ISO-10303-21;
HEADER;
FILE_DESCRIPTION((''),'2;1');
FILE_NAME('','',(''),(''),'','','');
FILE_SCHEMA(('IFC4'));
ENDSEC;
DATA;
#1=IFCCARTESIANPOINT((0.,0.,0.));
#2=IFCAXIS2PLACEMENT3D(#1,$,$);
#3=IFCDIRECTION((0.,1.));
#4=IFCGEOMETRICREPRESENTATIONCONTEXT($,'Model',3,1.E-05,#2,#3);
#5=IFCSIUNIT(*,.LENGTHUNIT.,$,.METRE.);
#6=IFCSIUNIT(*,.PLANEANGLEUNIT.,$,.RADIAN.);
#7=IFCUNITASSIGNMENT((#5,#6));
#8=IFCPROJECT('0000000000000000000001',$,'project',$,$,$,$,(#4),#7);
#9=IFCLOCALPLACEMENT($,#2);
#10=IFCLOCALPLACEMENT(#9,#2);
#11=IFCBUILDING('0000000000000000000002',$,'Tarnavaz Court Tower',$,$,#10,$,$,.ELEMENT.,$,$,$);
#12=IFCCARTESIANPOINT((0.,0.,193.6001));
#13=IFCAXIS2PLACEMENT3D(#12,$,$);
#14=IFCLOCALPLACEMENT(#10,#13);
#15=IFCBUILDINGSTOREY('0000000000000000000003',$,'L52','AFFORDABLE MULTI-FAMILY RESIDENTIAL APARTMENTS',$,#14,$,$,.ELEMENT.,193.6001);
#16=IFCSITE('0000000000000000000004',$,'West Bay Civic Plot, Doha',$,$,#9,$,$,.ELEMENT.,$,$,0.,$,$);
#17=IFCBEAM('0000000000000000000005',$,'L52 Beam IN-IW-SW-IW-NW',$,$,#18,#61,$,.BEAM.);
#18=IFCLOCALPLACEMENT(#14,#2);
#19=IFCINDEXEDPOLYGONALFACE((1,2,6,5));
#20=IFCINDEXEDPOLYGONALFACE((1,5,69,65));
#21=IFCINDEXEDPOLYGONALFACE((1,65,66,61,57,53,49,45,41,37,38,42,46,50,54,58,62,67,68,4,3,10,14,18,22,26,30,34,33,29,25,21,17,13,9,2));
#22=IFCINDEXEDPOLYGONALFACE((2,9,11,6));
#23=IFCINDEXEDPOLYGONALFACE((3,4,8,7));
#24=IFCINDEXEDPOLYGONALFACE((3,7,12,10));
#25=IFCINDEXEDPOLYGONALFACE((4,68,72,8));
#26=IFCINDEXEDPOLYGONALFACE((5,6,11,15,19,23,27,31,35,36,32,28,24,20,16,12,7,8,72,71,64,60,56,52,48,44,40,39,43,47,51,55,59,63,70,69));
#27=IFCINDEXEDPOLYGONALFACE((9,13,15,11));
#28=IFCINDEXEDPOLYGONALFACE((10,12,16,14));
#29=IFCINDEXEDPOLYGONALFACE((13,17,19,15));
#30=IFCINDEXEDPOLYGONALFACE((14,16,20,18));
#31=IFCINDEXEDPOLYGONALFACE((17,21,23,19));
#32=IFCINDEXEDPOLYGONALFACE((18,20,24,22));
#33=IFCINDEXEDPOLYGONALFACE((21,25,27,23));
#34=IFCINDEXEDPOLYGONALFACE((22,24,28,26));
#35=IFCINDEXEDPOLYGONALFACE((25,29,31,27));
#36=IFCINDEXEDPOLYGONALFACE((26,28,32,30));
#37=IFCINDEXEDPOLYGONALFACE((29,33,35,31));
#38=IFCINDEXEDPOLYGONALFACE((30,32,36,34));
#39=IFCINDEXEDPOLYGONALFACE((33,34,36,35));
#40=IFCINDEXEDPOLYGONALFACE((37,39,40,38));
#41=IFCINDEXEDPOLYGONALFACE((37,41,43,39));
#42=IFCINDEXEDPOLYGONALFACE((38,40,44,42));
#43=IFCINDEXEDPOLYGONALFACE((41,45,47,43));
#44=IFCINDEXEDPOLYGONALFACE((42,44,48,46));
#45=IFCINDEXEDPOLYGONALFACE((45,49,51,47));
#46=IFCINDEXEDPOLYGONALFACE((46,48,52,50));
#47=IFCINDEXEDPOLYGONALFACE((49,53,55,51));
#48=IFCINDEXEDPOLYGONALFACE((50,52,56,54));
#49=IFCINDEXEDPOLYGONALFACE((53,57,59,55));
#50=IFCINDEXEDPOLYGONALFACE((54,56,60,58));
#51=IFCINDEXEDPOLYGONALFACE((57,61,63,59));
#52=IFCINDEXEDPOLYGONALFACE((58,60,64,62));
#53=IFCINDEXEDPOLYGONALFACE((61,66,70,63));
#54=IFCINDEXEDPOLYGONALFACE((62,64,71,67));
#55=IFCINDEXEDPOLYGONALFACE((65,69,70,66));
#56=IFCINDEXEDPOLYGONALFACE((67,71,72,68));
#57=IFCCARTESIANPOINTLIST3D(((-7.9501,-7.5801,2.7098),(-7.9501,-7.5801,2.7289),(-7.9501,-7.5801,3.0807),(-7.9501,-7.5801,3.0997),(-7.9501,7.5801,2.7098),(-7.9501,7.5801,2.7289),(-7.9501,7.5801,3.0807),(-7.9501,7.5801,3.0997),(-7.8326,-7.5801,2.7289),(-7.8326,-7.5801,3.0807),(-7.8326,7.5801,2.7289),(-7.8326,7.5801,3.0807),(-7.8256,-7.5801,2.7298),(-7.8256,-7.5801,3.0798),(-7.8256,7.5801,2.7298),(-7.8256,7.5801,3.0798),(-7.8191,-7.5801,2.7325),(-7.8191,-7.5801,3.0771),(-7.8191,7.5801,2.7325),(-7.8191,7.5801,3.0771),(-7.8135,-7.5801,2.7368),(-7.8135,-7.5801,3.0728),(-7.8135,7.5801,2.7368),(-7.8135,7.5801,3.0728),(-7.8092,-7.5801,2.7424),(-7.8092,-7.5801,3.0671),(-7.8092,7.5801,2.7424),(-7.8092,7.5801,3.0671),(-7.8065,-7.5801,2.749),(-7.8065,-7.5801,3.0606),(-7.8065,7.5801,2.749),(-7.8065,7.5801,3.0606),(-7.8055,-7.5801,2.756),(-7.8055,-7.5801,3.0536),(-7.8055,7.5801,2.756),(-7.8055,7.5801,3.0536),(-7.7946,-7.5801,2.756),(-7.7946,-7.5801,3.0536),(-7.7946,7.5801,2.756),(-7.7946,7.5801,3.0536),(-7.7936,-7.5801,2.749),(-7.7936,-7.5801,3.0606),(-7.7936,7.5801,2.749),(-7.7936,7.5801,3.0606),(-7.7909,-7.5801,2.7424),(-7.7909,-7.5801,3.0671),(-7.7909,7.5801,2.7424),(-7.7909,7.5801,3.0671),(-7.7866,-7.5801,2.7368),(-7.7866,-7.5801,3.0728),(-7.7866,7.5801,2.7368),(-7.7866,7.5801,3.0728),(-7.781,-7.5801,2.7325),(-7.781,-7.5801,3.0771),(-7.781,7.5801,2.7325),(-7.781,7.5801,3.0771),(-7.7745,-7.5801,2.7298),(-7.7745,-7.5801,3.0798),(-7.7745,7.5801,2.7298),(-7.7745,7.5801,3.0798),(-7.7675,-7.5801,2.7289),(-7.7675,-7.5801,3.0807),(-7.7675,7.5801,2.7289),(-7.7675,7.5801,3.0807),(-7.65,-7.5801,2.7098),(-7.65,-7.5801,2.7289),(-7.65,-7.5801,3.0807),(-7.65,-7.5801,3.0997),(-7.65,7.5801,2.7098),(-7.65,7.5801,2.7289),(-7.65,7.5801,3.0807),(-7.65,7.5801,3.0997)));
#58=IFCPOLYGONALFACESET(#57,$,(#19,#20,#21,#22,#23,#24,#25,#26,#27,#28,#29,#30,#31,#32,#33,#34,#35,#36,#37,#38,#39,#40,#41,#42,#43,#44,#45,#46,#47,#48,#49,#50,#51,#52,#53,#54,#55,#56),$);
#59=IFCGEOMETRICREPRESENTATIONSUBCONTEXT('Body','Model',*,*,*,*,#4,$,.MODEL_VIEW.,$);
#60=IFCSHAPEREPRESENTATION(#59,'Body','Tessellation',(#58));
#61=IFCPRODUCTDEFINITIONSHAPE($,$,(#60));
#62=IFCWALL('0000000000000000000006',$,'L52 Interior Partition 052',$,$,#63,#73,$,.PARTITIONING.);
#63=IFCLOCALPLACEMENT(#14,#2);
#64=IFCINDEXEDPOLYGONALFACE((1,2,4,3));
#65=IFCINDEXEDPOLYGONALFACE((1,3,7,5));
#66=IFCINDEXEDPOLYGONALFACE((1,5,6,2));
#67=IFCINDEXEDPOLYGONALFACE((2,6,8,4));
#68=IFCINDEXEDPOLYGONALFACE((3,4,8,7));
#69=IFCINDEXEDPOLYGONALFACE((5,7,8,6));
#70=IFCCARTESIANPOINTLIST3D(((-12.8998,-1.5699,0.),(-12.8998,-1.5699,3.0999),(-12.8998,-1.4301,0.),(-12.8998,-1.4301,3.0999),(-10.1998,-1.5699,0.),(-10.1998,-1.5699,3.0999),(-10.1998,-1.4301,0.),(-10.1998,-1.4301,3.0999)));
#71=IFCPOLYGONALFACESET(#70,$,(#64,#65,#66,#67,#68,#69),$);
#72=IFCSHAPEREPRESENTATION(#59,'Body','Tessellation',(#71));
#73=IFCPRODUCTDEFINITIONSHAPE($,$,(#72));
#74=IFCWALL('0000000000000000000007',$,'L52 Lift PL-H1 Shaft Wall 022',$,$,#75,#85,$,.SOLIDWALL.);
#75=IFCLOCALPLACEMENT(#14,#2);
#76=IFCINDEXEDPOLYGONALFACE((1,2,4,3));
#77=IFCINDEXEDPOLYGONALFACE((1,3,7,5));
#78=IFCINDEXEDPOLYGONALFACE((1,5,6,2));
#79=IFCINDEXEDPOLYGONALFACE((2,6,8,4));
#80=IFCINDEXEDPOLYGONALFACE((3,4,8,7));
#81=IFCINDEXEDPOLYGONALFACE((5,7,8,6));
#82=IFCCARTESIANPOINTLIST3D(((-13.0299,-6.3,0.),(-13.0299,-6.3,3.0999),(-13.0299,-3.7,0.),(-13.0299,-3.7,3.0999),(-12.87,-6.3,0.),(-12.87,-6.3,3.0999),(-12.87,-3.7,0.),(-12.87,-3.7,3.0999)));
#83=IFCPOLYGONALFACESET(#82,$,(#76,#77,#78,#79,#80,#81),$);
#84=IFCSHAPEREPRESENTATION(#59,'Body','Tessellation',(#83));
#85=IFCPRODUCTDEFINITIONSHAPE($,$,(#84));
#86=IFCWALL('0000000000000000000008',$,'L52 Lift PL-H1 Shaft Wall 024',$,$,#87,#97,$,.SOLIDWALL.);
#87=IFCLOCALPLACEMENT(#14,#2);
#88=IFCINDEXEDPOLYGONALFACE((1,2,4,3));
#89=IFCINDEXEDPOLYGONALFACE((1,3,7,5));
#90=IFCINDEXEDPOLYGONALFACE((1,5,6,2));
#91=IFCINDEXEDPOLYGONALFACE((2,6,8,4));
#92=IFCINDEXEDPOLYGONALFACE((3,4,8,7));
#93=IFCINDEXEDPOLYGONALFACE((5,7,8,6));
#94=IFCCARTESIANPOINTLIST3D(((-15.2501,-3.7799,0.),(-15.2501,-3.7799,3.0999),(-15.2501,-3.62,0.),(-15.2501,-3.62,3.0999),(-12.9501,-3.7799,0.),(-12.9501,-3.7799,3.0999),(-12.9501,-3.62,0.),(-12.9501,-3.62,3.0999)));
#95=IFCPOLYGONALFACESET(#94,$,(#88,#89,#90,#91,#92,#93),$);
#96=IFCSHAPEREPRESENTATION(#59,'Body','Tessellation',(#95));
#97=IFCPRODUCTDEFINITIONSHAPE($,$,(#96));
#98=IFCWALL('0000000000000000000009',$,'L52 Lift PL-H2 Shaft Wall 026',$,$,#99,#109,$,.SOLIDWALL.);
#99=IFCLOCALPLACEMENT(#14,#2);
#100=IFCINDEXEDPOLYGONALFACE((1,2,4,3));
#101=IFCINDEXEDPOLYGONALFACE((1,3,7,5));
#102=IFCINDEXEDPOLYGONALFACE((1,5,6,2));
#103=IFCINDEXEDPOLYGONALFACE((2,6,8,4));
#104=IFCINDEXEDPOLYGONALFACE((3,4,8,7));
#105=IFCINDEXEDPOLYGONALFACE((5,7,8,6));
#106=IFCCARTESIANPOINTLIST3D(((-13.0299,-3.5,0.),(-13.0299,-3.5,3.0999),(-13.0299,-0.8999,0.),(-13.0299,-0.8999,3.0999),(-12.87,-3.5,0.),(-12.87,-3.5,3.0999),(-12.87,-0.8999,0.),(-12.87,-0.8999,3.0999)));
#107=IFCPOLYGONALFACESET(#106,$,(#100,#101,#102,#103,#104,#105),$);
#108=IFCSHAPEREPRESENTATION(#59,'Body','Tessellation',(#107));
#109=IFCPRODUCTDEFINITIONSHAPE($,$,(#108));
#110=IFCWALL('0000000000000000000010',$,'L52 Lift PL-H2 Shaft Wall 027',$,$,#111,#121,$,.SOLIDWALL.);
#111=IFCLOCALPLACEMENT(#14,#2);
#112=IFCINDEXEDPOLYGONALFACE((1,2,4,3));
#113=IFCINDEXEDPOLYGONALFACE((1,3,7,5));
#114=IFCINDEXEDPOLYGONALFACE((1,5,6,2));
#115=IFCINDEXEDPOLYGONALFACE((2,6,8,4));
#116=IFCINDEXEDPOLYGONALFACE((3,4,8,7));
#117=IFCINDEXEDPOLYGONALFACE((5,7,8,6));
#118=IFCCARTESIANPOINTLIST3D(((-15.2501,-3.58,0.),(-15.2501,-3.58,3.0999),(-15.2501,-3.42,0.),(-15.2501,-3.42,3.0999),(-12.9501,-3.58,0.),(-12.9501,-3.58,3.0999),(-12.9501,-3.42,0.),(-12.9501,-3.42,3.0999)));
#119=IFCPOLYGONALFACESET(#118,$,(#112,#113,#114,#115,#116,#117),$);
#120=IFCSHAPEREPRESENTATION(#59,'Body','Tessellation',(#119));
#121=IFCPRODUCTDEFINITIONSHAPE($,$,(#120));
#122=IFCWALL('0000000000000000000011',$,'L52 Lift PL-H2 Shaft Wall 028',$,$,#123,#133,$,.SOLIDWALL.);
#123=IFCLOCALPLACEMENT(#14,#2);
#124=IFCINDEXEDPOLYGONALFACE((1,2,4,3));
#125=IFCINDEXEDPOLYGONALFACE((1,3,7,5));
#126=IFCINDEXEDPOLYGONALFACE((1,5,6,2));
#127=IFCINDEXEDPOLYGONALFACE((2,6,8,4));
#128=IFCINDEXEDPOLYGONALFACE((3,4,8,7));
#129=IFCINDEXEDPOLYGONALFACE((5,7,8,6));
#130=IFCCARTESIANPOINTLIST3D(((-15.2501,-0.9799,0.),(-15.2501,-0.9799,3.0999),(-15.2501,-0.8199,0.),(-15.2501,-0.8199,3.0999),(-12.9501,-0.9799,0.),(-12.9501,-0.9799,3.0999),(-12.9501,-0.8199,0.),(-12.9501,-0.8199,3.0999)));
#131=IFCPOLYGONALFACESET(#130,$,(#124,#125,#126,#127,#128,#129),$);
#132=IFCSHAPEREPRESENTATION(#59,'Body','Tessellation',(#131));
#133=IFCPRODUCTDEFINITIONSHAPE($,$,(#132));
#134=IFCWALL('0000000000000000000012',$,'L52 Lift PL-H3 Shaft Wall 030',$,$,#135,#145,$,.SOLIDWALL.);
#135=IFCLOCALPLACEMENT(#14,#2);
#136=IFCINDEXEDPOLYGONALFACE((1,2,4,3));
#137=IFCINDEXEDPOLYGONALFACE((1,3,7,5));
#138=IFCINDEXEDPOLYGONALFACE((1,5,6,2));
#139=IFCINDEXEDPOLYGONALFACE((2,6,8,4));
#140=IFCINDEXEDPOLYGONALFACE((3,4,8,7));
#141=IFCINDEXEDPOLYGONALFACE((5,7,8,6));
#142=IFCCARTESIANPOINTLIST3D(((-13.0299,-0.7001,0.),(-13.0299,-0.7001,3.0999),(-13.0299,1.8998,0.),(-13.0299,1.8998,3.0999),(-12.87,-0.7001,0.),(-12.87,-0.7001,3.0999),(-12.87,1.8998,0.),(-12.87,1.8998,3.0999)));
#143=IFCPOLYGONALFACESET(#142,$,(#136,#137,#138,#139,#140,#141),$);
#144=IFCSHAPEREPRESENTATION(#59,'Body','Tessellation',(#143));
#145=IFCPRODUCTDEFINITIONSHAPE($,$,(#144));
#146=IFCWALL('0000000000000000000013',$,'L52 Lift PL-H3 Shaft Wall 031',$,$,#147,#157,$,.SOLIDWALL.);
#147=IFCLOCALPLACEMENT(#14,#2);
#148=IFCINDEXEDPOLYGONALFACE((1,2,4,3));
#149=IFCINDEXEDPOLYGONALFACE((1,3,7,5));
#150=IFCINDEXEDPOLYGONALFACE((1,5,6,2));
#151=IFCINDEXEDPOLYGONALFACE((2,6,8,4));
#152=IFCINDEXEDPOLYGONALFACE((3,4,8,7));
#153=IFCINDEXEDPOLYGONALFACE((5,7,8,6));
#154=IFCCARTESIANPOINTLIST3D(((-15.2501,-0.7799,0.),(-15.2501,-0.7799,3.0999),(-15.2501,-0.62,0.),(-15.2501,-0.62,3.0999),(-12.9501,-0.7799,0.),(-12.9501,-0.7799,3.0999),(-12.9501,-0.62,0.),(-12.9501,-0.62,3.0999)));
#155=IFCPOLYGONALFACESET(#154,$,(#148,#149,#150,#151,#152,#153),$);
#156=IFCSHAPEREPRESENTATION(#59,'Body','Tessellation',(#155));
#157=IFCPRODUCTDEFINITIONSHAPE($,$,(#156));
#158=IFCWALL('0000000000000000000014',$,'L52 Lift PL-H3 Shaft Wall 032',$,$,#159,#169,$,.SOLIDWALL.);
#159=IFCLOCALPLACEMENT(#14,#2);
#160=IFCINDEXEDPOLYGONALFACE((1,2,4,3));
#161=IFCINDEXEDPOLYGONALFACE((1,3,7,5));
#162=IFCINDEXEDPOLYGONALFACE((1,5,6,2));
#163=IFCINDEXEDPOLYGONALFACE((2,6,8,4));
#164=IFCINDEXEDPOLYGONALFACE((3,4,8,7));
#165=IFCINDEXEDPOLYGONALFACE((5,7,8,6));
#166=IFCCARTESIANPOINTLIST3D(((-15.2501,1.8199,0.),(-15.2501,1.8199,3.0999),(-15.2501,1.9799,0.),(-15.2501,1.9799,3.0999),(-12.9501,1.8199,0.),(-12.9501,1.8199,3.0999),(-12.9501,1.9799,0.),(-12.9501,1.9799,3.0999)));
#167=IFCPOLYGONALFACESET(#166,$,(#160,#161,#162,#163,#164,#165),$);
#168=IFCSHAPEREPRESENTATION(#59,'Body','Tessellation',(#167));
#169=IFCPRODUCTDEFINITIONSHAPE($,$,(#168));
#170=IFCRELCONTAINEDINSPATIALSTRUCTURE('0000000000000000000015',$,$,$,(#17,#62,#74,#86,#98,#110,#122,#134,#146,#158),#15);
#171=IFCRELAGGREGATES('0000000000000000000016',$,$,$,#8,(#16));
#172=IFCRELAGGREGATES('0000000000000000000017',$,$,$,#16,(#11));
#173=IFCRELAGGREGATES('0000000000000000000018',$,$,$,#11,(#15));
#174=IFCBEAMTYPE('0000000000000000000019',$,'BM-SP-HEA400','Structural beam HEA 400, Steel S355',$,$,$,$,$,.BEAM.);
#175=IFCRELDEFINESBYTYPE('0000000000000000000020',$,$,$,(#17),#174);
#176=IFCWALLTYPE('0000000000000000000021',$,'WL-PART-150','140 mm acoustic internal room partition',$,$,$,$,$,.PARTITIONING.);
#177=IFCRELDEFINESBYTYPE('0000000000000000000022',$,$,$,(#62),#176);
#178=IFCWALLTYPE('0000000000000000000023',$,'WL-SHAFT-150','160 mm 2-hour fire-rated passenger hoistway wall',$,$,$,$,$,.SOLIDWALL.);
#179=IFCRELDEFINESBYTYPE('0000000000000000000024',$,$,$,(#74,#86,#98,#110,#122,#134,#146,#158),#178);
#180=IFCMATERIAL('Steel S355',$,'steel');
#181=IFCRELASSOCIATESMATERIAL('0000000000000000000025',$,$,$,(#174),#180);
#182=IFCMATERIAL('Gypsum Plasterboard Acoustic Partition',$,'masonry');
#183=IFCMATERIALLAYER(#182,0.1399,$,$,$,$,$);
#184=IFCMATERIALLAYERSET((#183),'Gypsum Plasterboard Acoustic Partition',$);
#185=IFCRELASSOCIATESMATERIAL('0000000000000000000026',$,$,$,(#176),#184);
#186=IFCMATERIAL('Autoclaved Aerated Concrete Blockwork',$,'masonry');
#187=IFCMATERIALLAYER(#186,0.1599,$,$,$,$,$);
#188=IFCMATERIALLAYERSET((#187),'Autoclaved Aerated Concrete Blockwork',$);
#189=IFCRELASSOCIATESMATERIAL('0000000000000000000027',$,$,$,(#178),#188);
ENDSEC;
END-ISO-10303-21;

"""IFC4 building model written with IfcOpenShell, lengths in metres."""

from ifc_helpers import new_model, si_unit, direction, frame, frame_2d, origin, origin_2d, place, context, subcontext, project, spatial, rectangle, i_section, extrude, material, layer, layer_set, material_profile, profile_set, type_object, element, save


model = new_model("IFC4")

# Units and contexts
model_context = context("Model", 3, precision=1e-05, world=origin(), true_north=direction((0.0, 1.0)))
body_context = subcontext(model_context, "Body", "Model", "MODEL_VIEW")
ifc_project = project(units=[si_unit("LENGTHUNIT", "METRE"), si_unit("PLANEANGLEUNIT", "RADIAN")], contexts=[model_context])

# Site, building, storey
site_placement = place(None, origin())
site = spatial("IfcSite", under=ifc_project, at=site_placement, Name="West Bay Civic Plot, Doha", CompositionType="ELEMENT", RefElevation=0.0)
building_placement = place(site_placement, origin())
building = spatial("IfcBuilding", under=site, at=building_placement, Name="Tarnavaz Court Tower", CompositionType="ELEMENT")
storey_placement = place(building_placement, frame((0.0, 0.0, 193.6001)))
storey = spatial("IfcBuildingStorey", under=building, at=storey_placement, Name="L52", Description="AFFORDABLE MULTI-FAMILY RESIDENTIAL APARTMENTS", CompositionType="ELEMENT", Elevation=193.6001)

# Beam
ifc_material_1 = material(Name="Steel S355", Category="steel")
ifc_material_profile_1 = material_profile(ifc_material_1, i_section(OverallWidth=0.3, OverallDepth=0.3899, WebThickness=0.011, FlangeThickness=0.019, FilletRadius=0.0271, at=origin_2d()), Name="HEA 400")
ifc_profile_set_1 = profile_set([ifc_material_profile_1], Name="Steel S355")
beam_type_1 = type_object("IfcBeamType", Name="BM-SP-HEA400", Description="Structural beam HEA 400, Steel S355", PredefinedType="BEAM", material=ifc_profile_set_1)
for number, where, z_axis, x_axis, name in (
    (1, (-7.8, -7.5801, 2.9048), (0.0, 1.0, 0.0), (-1.0, 0.0, 0.0), "L52 Beam IN-IW-SW-IW-NW"),
):
    element("IfcBeam", number, at=place(storey_placement, frame(where, z_axis=z_axis, x_axis=x_axis)), inside=storey, type_object=beam_type_1, Name=name, PredefinedType="BEAM", context=body_context, shape_type="SweptSolid", body=[
        extrude(i_section(OverallWidth=0.3, OverallDepth=0.3899, WebThickness=0.011, FlangeThickness=0.019, FilletRadius=0.0271, at=origin_2d()), origin(), (0.0, 0.0, 1.0), 15.1602),
    ])

# Shared definitions
ifc_material_2 = material(Name="Gypsum Plasterboard Acoustic Partition", Category="masonry")
ifc_layer_1 = layer(ifc_material_2, 0.1399)
ifc_layer_set_1 = layer_set([ifc_layer_1], Name="Gypsum Plasterboard Acoustic Partition")
wall_type_1 = type_object("IfcWallType", Name="WL-PART-150", Description="140 mm acoustic internal room partition", PredefinedType="PARTITIONING", material=ifc_layer_set_1)

# Walls
wall_1_placement = place(storey_placement, frame((-12.8999, -1.5, 0.0), z_axis=(0.0, 0.0, 1.0), x_axis=(1.0, 0.0, 0.0)))
element("IfcWall", 2, at=wall_1_placement, inside=storey, type_object=wall_type_1, Name="L52 Interior Partition 052", PredefinedType="PARTITIONING", context=body_context, shape_type="SweptSolid", body=[
    extrude(rectangle(XDim=2.7, YDim=0.1399, at=frame_2d((1.3501, 0.0))), origin(), (0.0, 0.0, 1.0), 3.0999),
])
ifc_material_3 = material(Name="Autoclaved Aerated Concrete Blockwork", Category="masonry")
ifc_layer_2 = layer(ifc_material_3, 0.1599)
ifc_layer_set_2 = layer_set([ifc_layer_2], Name="Autoclaved Aerated Concrete Blockwork")
wall_type_2 = type_object("IfcWallType", Name="WL-SHAFT-150", Description="160 mm 2-hour fire-rated passenger hoistway wall", PredefinedType="SOLIDWALL", material=ifc_layer_set_2)
wall_2_placement = place(storey_placement, frame((-12.95, -6.3, 0.0), z_axis=(0.0, 0.0, 1.0), x_axis=(0.0, 1.0, 0.0)))
element("IfcWall", 3, at=wall_2_placement, inside=storey, type_object=wall_type_2, Name="L52 Lift PL-H1 Shaft Wall 022", PredefinedType="SOLIDWALL", context=body_context, shape_type="SweptSolid", body=[
    extrude(rectangle(XDim=2.6001, YDim=0.1599, at=frame_2d((1.3, 0.0))), origin(), (0.0, 0.0, 1.0), 3.0999),
])
wall_3_placement = place(storey_placement, frame((-15.25, -3.7, 0.0), z_axis=(0.0, 0.0, 1.0), x_axis=(1.0, 0.0, 0.0)))
element("IfcWall", 4, at=wall_3_placement, inside=storey, type_object=wall_type_2, Name="L52 Lift PL-H1 Shaft Wall 024", PredefinedType="SOLIDWALL", context=body_context, shape_type="SweptSolid", body=[
    extrude(rectangle(XDim=2.3, YDim=0.1599, at=frame_2d((1.1499, 0.0))), origin(), (0.0, 0.0, 1.0), 3.0999),
])

# Walls
wall_4_placement = place(storey_placement, frame((-12.95, -3.5, 0.0), z_axis=(0.0, 0.0, 1.0), x_axis=(0.0, 1.0, 0.0)))
element("IfcWall", 5, at=wall_4_placement, inside=storey, type_object=wall_type_2, Name="L52 Lift PL-H2 Shaft Wall 026", PredefinedType="SOLIDWALL", context=body_context, shape_type="SweptSolid", body=[
    extrude(rectangle(XDim=2.6001, YDim=0.1599, at=frame_2d((1.3, 0.0))), origin(), (0.0, 0.0, 1.0), 3.0999),
])
for number, where, z_axis, x_axis, name in (
    (6, (-15.25, -3.5, 0.0), (0.0, 0.0, 1.0), (1.0, 0.0, 0.0), "L52 Lift PL-H2 Shaft Wall 027"),
    (7, (-15.25, -0.8999, 0.0), (0.0, 0.0, 1.0), (1.0, 0.0, 0.0), "L52 Lift PL-H2 Shaft Wall 028"),
):
    element("IfcWall", number, at=place(storey_placement, frame(where, z_axis=z_axis, x_axis=x_axis)), inside=storey, type_object=wall_type_2, Name=name, PredefinedType="SOLIDWALL", context=body_context, shape_type="SweptSolid", body=[
        extrude(rectangle(XDim=2.3, YDim=0.1599, at=frame_2d((1.1499, 0.0))), origin(), (0.0, 0.0, 1.0), 3.0999),
    ])

# Walls
wall_5_placement = place(storey_placement, frame((-12.95, -0.7, 0.0), z_axis=(0.0, 0.0, 1.0), x_axis=(0.0, 1.0, 0.0)))
element("IfcWall", 8, at=wall_5_placement, inside=storey, type_object=wall_type_2, Name="L52 Lift PL-H3 Shaft Wall 030", PredefinedType="SOLIDWALL", context=body_context, shape_type="SweptSolid", body=[
    extrude(rectangle(XDim=2.5999, YDim=0.1599, at=frame_2d((1.2998, 0.0))), origin(), (0.0, 0.0, 1.0), 3.0999),
])
for number, where, z_axis, x_axis, name in (
    (9, (-15.25, -0.7, 0.0), (0.0, 0.0, 1.0), (1.0, 0.0, 0.0), "L52 Lift PL-H3 Shaft Wall 031"),
    (10, (-15.25, 1.8999, 0.0), (0.0, 0.0, 1.0), (1.0, 0.0, 0.0), "L52 Lift PL-H3 Shaft Wall 032"),
):
    element("IfcWall", number, at=place(storey_placement, frame(where, z_axis=z_axis, x_axis=x_axis)), inside=storey, type_object=wall_type_2, Name=name, PredefinedType="SOLIDWALL", context=body_context, shape_type="SweptSolid", body=[
        extrude(rectangle(XDim=2.3, YDim=0.1599, at=frame_2d((1.1499, 0.0))), origin(), (0.0, 0.0, 1.0), 3.0999),
    ])

save(model, "model.ifc")
